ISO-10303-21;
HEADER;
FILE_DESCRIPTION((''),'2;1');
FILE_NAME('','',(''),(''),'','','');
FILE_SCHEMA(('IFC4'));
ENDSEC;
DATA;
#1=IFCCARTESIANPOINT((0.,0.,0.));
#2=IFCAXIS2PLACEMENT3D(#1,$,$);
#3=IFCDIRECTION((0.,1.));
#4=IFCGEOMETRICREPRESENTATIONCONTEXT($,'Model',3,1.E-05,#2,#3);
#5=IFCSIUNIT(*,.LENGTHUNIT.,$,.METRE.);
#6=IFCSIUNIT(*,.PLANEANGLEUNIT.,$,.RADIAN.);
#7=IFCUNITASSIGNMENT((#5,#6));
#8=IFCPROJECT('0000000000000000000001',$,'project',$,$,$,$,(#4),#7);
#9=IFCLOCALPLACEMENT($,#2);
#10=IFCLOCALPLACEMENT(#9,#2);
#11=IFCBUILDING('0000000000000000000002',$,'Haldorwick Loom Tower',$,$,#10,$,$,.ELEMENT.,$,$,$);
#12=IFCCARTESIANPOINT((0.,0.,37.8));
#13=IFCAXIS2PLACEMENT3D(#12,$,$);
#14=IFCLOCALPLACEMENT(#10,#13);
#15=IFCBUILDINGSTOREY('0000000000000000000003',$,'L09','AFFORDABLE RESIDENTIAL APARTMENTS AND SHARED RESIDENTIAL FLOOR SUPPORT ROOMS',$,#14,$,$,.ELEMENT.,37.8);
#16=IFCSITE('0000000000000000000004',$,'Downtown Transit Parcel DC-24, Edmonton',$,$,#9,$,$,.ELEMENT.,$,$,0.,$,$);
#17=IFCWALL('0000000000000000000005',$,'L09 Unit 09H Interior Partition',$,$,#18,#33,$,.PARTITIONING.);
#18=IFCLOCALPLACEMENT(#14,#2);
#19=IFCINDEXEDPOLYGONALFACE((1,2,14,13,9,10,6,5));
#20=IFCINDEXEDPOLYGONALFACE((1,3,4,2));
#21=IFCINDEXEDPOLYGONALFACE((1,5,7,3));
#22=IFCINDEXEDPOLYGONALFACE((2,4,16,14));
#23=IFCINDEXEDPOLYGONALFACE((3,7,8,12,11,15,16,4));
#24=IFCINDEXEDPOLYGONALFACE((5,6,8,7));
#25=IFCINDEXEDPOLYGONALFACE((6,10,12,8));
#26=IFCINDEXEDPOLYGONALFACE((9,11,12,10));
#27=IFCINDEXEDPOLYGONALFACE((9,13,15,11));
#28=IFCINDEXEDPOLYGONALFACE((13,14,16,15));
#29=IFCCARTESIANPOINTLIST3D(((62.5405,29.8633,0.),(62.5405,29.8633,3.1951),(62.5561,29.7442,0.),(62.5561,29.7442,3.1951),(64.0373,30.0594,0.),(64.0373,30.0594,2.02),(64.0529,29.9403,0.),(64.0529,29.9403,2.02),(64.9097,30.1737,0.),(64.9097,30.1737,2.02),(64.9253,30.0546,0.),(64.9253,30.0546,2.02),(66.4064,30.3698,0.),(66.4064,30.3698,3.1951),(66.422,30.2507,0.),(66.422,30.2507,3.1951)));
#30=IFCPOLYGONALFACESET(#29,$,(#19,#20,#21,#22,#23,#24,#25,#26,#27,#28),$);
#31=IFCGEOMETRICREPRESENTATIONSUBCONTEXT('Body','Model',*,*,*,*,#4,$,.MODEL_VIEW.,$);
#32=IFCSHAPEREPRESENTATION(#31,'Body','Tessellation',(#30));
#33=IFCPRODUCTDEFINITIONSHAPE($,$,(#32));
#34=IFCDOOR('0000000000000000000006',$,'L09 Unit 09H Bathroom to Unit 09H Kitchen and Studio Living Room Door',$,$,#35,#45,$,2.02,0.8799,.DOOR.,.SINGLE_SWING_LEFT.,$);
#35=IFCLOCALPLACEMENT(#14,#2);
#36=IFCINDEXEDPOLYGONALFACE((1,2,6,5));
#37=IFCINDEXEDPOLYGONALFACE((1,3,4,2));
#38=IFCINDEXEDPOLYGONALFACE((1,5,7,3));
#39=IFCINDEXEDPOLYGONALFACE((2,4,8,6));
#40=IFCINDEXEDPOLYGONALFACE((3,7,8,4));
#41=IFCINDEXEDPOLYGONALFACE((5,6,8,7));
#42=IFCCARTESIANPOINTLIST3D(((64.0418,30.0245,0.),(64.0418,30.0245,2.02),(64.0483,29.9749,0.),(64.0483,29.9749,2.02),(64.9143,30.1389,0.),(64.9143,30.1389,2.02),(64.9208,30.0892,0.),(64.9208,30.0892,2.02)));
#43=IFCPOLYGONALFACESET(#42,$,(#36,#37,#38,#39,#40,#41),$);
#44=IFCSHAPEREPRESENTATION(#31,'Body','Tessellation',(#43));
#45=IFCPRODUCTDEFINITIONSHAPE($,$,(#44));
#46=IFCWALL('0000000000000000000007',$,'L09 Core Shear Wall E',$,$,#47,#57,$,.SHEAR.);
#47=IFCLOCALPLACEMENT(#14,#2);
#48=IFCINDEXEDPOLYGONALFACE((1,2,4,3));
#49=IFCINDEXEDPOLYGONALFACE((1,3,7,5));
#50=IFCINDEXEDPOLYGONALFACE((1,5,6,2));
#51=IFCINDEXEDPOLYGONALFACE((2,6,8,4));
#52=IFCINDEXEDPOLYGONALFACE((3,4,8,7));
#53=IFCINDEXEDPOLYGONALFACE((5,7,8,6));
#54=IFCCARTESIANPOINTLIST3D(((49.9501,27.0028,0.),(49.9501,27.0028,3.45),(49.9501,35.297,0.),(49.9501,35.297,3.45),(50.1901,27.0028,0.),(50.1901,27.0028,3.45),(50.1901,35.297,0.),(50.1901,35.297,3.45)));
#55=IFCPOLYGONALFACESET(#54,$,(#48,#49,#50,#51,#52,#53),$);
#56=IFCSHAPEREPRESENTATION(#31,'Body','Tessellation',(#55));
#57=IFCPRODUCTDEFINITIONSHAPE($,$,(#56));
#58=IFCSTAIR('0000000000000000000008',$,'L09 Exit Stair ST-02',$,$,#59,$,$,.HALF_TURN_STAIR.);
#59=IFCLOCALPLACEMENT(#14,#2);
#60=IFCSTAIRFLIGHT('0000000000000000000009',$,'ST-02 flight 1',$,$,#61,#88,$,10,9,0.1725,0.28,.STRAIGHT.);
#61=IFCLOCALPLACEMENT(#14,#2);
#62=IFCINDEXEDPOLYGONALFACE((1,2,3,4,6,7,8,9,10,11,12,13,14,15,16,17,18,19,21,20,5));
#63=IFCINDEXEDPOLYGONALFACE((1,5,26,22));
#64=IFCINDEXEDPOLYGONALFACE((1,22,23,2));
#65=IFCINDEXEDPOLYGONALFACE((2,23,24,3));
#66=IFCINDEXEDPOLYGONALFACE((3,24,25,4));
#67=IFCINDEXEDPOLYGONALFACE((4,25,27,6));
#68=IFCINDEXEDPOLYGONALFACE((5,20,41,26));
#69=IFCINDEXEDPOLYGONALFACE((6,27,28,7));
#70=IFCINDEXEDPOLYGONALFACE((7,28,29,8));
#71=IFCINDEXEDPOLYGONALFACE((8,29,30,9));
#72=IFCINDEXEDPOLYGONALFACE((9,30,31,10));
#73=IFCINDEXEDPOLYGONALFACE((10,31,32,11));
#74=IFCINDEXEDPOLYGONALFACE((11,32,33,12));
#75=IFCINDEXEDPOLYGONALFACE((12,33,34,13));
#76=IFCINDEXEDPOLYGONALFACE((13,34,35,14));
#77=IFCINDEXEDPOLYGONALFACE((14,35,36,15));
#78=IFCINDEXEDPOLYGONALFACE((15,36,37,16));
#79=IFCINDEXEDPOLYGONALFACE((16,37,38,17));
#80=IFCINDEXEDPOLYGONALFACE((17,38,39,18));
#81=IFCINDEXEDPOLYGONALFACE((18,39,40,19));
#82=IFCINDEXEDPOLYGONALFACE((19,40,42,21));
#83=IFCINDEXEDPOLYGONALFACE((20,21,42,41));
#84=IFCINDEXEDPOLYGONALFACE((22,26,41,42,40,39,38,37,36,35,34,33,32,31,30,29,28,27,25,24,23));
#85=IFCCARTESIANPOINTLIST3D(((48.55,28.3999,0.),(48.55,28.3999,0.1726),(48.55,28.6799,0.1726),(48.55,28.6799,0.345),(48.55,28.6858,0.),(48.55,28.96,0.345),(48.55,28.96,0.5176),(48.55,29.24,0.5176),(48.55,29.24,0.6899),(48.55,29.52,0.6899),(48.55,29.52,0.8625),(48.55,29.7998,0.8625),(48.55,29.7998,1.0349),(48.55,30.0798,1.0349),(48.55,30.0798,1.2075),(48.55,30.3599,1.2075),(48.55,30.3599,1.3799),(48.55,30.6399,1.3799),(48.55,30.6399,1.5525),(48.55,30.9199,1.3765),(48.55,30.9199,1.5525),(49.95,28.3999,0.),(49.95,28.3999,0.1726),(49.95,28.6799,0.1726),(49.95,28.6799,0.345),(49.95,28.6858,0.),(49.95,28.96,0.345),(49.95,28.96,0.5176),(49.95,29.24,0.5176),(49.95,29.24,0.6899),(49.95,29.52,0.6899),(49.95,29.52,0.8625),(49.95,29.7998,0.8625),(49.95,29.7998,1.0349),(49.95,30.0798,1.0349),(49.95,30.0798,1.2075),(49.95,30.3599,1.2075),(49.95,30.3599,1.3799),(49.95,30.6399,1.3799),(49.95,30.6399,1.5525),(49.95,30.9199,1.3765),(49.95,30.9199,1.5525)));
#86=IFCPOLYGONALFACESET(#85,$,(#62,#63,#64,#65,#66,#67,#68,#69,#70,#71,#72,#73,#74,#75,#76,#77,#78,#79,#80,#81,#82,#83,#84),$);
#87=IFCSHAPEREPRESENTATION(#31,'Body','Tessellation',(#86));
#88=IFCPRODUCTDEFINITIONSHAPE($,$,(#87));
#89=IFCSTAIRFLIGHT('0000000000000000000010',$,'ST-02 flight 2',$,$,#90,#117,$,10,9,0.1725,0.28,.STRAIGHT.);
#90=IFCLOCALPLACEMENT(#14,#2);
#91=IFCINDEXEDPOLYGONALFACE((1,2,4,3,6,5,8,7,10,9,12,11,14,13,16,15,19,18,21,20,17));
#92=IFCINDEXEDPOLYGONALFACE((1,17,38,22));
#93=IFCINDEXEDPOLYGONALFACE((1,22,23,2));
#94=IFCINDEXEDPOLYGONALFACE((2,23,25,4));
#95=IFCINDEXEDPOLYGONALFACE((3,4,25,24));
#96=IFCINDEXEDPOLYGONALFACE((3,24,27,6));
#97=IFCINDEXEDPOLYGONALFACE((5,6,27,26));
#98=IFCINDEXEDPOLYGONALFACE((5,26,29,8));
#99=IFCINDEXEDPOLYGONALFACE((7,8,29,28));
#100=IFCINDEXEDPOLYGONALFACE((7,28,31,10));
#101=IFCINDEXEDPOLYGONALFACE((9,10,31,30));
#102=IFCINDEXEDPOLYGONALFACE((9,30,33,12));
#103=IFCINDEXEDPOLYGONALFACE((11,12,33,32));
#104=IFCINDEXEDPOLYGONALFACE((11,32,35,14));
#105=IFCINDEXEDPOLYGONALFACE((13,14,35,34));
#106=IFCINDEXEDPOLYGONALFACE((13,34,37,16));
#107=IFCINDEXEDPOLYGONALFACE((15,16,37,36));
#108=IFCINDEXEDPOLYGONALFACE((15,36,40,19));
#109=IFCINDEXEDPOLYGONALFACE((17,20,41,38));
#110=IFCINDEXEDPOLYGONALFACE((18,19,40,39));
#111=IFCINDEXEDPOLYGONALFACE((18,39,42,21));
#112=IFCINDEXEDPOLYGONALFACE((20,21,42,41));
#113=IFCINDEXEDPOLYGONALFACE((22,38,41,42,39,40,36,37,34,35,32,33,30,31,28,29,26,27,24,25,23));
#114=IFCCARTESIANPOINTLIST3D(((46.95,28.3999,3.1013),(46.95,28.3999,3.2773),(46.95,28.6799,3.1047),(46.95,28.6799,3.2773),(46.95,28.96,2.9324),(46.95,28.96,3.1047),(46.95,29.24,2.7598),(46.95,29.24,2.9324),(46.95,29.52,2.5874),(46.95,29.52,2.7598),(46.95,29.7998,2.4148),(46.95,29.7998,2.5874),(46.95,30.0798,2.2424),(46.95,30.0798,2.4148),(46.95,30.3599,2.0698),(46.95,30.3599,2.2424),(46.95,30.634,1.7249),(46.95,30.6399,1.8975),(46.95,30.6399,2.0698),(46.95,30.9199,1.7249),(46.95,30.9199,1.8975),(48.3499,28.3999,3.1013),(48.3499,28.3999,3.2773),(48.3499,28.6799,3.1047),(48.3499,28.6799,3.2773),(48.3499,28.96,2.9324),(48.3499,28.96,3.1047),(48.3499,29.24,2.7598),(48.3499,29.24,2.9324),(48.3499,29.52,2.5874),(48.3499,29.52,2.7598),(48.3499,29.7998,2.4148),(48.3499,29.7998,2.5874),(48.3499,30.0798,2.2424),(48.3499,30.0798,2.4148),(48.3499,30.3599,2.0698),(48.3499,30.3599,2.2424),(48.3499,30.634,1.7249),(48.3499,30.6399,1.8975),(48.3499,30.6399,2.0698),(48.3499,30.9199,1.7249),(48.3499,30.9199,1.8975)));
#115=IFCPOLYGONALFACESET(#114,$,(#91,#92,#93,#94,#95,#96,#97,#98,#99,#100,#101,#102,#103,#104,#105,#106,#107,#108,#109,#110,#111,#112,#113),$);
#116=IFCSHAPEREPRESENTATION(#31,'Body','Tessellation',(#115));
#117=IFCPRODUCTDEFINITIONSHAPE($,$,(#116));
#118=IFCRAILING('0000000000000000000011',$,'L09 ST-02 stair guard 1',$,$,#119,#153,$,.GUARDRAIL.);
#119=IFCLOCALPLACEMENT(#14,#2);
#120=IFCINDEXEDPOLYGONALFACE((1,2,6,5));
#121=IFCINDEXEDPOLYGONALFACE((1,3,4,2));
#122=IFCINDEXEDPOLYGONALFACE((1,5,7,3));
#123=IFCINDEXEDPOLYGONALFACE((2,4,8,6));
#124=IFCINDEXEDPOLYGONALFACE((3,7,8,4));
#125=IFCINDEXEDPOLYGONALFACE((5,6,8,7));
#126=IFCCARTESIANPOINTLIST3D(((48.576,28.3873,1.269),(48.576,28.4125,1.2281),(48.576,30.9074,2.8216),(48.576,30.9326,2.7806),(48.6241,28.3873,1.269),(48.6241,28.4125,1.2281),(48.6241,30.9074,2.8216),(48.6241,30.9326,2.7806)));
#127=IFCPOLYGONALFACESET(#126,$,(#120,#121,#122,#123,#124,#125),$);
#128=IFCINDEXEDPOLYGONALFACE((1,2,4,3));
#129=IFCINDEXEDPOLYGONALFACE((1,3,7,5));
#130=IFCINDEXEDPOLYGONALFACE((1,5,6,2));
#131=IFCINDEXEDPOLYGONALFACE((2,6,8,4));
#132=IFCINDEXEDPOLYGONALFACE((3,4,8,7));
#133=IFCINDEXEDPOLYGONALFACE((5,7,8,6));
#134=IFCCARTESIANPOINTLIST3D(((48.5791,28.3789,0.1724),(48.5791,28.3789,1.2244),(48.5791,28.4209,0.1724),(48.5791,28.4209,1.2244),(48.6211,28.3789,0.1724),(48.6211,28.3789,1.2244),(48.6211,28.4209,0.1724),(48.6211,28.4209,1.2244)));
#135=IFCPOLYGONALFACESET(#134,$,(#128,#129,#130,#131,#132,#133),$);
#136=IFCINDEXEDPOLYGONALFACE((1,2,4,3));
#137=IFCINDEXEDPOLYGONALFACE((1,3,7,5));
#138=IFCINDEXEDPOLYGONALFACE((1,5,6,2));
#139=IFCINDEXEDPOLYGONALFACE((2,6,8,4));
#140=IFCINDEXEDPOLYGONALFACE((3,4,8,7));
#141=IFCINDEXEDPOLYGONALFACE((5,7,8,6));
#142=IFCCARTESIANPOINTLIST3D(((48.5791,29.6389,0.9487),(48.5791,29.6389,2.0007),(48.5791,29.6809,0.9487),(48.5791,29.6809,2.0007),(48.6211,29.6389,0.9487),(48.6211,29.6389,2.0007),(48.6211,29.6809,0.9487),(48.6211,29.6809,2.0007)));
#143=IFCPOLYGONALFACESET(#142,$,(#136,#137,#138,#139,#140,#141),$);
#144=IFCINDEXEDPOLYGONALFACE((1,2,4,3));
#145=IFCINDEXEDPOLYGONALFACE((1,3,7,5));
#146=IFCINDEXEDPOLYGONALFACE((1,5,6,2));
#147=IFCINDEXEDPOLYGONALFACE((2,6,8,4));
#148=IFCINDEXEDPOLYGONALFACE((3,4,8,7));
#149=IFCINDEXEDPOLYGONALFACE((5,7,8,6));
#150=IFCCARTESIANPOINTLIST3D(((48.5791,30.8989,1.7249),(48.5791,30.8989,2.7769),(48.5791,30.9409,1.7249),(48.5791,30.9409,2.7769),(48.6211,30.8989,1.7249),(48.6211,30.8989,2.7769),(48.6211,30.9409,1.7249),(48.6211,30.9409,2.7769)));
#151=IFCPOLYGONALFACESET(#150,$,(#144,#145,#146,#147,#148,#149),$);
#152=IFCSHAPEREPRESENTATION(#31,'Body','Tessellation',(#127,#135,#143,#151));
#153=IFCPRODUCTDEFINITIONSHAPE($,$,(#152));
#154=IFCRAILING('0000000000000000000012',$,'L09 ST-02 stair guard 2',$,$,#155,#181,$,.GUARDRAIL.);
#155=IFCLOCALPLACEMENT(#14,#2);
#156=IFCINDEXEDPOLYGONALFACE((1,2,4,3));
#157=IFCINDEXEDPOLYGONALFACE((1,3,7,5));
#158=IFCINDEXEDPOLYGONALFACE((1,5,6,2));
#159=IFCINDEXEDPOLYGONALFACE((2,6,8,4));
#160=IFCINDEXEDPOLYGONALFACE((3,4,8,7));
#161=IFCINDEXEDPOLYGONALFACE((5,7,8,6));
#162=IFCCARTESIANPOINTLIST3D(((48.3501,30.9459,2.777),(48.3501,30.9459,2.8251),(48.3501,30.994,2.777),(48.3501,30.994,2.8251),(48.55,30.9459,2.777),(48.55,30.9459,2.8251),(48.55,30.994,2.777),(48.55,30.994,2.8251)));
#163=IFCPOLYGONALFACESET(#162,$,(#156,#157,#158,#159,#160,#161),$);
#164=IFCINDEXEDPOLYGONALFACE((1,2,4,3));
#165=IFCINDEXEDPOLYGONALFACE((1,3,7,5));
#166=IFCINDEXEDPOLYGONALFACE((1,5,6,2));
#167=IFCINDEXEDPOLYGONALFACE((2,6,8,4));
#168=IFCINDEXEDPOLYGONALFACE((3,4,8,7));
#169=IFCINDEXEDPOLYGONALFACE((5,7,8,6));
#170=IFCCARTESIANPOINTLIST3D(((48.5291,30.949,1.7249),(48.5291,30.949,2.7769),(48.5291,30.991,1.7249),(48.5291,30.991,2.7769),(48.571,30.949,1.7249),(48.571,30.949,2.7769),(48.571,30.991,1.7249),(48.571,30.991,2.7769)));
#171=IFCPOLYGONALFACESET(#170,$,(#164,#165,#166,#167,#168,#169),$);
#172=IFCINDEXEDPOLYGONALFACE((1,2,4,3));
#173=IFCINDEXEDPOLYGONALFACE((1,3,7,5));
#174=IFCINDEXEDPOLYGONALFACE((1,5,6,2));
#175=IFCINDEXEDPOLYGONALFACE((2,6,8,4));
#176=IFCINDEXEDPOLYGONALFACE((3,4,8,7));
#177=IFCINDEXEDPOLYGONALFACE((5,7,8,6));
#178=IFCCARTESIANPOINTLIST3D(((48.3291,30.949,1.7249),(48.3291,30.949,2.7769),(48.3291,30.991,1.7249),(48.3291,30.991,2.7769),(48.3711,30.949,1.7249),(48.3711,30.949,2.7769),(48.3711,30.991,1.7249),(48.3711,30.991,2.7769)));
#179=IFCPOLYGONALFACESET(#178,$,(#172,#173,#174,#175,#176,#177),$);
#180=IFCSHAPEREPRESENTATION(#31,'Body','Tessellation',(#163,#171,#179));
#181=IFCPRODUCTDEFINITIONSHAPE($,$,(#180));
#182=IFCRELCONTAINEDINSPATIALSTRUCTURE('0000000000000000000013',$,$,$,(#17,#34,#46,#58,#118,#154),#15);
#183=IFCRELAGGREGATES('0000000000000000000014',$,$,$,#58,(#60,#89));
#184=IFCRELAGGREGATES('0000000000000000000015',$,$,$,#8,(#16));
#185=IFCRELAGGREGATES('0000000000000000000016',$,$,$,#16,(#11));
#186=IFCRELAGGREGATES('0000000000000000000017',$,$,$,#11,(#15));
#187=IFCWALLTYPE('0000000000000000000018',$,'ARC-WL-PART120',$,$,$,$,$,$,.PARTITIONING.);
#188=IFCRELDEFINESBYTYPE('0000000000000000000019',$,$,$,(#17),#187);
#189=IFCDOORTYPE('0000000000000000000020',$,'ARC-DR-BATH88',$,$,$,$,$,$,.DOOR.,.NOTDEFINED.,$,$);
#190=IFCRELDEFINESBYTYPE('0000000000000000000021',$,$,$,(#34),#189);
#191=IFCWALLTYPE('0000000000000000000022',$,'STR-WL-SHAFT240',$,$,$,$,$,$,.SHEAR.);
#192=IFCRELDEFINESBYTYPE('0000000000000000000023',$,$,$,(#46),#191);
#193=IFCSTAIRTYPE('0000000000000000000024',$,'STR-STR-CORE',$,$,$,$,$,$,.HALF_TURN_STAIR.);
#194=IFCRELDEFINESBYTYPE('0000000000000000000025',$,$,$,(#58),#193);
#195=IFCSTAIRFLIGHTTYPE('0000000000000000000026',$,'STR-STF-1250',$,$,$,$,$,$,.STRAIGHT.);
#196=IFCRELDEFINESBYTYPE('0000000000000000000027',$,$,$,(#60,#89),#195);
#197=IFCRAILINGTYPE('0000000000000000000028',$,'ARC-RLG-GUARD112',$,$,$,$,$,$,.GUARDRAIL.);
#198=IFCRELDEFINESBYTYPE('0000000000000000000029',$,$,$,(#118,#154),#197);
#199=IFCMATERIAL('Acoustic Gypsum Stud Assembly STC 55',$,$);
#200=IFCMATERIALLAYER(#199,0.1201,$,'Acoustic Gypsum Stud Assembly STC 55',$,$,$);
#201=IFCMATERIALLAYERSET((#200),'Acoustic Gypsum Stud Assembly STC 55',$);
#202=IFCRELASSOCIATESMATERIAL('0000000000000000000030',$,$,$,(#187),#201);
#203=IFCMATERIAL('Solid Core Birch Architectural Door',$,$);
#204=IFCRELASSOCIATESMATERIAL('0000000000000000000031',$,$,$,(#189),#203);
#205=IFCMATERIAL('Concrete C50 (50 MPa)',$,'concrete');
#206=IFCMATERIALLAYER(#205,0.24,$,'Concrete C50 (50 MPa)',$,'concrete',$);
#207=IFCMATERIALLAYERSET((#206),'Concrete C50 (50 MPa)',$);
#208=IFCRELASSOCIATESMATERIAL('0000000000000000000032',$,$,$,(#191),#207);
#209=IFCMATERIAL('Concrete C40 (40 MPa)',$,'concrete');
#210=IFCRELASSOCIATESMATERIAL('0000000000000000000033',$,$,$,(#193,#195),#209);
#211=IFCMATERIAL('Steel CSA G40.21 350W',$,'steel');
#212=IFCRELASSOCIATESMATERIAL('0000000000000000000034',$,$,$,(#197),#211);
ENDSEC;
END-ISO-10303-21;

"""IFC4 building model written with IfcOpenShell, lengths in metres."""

from ifc_helpers import new_model, si_unit, direction, frame, frame_2d, origin, origin_2d, place, context, subcontext, project, spatial, polyline, rectangle, outline, extrude, material, layer, layer_set, type_object, element, fill, aggregate, save


model = new_model("IFC4")

# Units and contexts
model_context = context("Model", 3, precision=1e-05, world=origin(), true_north=direction((0.0, 1.0)))
body_context = subcontext(model_context, "Body", "Model", "MODEL_VIEW")
ifc_project = project(units=[si_unit("LENGTHUNIT", "METRE"), si_unit("PLANEANGLEUNIT", "RADIAN")], contexts=[model_context])

# Site, building, storey
site_placement = place(None, origin())
site = spatial("IfcSite", under=ifc_project, at=site_placement, Name="Downtown Transit Parcel DC-24, Edmonton", CompositionType="ELEMENT", RefElevation=0.0)
building_placement = place(site_placement, origin())
building = spatial("IfcBuilding", under=site, at=building_placement, Name="Haldorwick Loom Tower", CompositionType="ELEMENT")
storey_placement = place(building_placement, frame((0.0, 0.0, 37.8)))
storey = spatial("IfcBuildingStorey", under=building, at=storey_placement, Name="L09", Description="AFFORDABLE RESIDENTIAL APARTMENTS AND SHARED RESIDENTIAL FLOOR SUPPORT ROOMS", CompositionType="ELEMENT", Elevation=37.8)

# Shared definitions
ifc_material_1 = material(Name="Steel CSA G40.21 350W", Category="steel")

# Shared definitions
ifc_material_2 = material(Name="Acoustic Gypsum Stud Assembly STC 55")
ifc_layer_1 = layer(ifc_material_2, 0.1201, Name="Acoustic Gypsum Stud Assembly STC 55")
ifc_layer_set_1 = layer_set([ifc_layer_1], Name="Acoustic Gypsum Stud Assembly STC 55")
wall_type_1 = type_object("IfcWallType", Name="ARC-WL-PART120", PredefinedType="PARTITIONING", material=ifc_layer_set_1)

# Wall, opening, door
wall_1_placement = place(storey_placement, frame((62.5483, 29.8037, 0.0), z_axis=(0.0, 0.0, 1.0), x_axis=(0.991523, 0.129928, 0.0)))
wall_1 = element("IfcWall", 1, at=wall_1_placement, inside=storey, type_object=wall_type_1, Name="L09 Unit 09H Interior Partition", PredefinedType="PARTITIONING", context=body_context, shape_type="SweptSolid", body=[
    extrude(rectangle(XDim=3.8989, YDim=0.1201, at=frame_2d((1.9495, 0.0))), origin(), (0.0, 0.0, 1.0), 3.1951),
])
opening_1_placement = place(wall_1_placement, frame((1.5095, 0.0, 0.0)))
opening_1 = element("IfcOpeningElement", 2, at=opening_1_placement, cuts=wall_1, PredefinedType="OPENING", context=body_context, shape_type="SweptSolid", body=[
    extrude(rectangle(XDim=0.8799, YDim=2.02, at=frame_2d((0.4399, 1.01))), frame((0.0, 0.0701, 0.0), z_axis=(0.0, -1.0, 0.0), x_axis=(1.0, 0.0, 0.0)), (0.0, 0.0, 1.0), 0.1401),
])
ifc_material_3 = material(Name="Solid Core Birch Architectural Door")
door_type_1 = type_object("IfcDoorType", Name="ARC-DR-BATH88", OperationType="NOTDEFINED", PredefinedType="DOOR", material=ifc_material_3)
door_1_placement = place(opening_1_placement, origin())
door_1 = element("IfcDoor", 3, at=door_1_placement, inside=storey, type_object=door_type_1, Name="L09 Unit 09H Bathroom to Unit 09H Kitchen and Studio Living Room Door", OperationType="SINGLE_SWING_LEFT", OverallHeight=2.02, OverallWidth=0.8799, PredefinedType="DOOR", context=body_context, shape_type="SweptSolid", body=[
    extrude(rectangle(XDim=0.8799, YDim=2.02, at=frame_2d((0.4399, 1.01))), frame((0.0, 0.0249, 0.0), z_axis=(0.0, -1.0, 0.0), x_axis=(1.0, 0.0, 0.0)), (0.0, 0.0, 1.0), 0.05),
])
fill(opening_1, door_1)

# Wall
ifc_material_4 = material(Name="Concrete C50 (50 MPa)", Category="concrete")
ifc_layer_2 = layer(ifc_material_4, 0.24, Name="Concrete C50 (50 MPa)", Category="concrete")
ifc_layer_set_2 = layer_set([ifc_layer_2], Name="Concrete C50 (50 MPa)")
wall_type_2 = type_object("IfcWallType", Name="STR-WL-SHAFT240", PredefinedType="SHEAR", material=ifc_layer_set_2)
wall_2_placement = place(storey_placement, frame((50.0701, 27.0029, 0.0), z_axis=(0.0, 0.0, 1.0), x_axis=(0.0, 1.0, 0.0)))
element("IfcWall", 4, at=wall_2_placement, inside=storey, type_object=wall_type_2, Name="L09 Core Shear Wall E", PredefinedType="SHEAR", context=body_context, shape_type="SweptSolid", body=[
    extrude(rectangle(XDim=8.2942, YDim=0.24, at=frame_2d((4.147, 0.0))), origin(), (0.0, 0.0, 1.0), 3.45),
])

# Stair, stair flights
ifc_material_5 = material(Name="Concrete C40 (40 MPa)", Category="concrete")
stair_type = type_object("IfcStairType", Name="STR-STR-CORE", PredefinedType="HALF_TURN_STAIR", material=ifc_material_5)
stair_placement = place(storey_placement, origin())
stair = element("IfcStair", 5, at=stair_placement, inside=storey, type_object=stair_type, Name="L09 Exit Stair ST-02", PredefinedType="HALF_TURN_STAIR")
stair_flight_type = type_object("IfcStairFlightType", Name="STR-STF-1250", PredefinedType="STRAIGHT", material=ifc_material_5)
stair_flight_1_placement = place(storey_placement, frame((49.25, 28.3999, 0.0), z_axis=(0.0, 0.0, 1.0), x_axis=(0.0, 1.0, 0.0)))
stair_flight_1 = element("IfcStairFlight", 6, at=stair_flight_1_placement, type_object=stair_flight_type, Name="ST-02 flight 1", NumberOfRisers=10, NumberOfTreads=9, PredefinedType="STRAIGHT", RiserHeight=0.1725, TreadLength=0.28, context=body_context, shape_type="SweptSolid", body=[
    extrude(outline(polyline([(0.0, 0.0), (0.0, 0.1726), (0.28, 0.1726), (0.28, 0.345), (0.5601, 0.345), (0.5601, 0.5176), (0.8401, 0.5176), (0.8401, 0.6899), (1.1201, 0.6899), (1.1201, 0.8625), (1.3999, 0.8625), (1.3999, 1.0349), (1.6799, 1.0349), (1.6799, 1.2075), (1.96, 1.2075), (1.96, 1.3799), (2.24, 1.3799), (2.24, 1.5525), (2.52, 1.5525), (2.52, 1.7251), (2.52, 1.3765), (0.2859, 0.0), (0.0, 0.0)])), frame((0.0, 0.7, 0.0), z_axis=(0.0, -1.0, 0.0), x_axis=(1.0, 0.0, 0.0)), (0.0, 0.0, 1.0), 1.3999),
])
stair_flight_2_placement = place(storey_placement, frame((47.6499, 30.9199, 1.7249), z_axis=(0.0, 0.0, 1.0), x_axis=(0.0, -1.0, 0.0)))
stair_flight_2 = element("IfcStairFlight", 7, at=stair_flight_2_placement, type_object=stair_flight_type, Name="ST-02 flight 2", NumberOfRisers=10, NumberOfTreads=9, PredefinedType="STRAIGHT", RiserHeight=0.1725, TreadLength=0.28, context=body_context, shape_type="SweptSolid", body=[
    extrude(outline(polyline([(0.0, 0.0), (0.0, 0.1726), (0.28, 0.1726), (0.28, 0.345), (0.5601, 0.345), (0.5601, 0.5176), (0.8401, 0.5176), (0.8401, 0.6899), (1.1201, 0.6899), (1.1201, 0.8625), (1.3999, 0.8625), (1.3999, 1.0349), (1.6799, 1.0349), (1.6799, 1.2075), (1.96, 1.2075), (1.96, 1.3799), (2.24, 1.3799), (2.24, 1.5525), (2.52, 1.5525), (2.52, 1.7251), (2.52, 1.3765), (0.2859, 0.0), (0.0, 0.0)])), frame((0.0, 0.7, 0.0), z_axis=(0.0, -1.0, 0.0), x_axis=(1.0, 0.0, 0.0)), (0.0, 0.0, 1.0), 1.3999),
])
aggregate(stair, [stair_flight_1, stair_flight_2])

# Railings
railing_type_1 = type_object("IfcRailingType", Name="ARC-RLG-GUARD112", PredefinedType="GUARDRAIL", material=ifc_material_1)
railing_1_placement = place(storey_placement, frame((48.6001, 28.3999, 0.1724)))
element("IfcRailing", 8, at=railing_1_placement, inside=storey, type_object=railing_type_1, Name="L09 ST-02 stair guard 1", PredefinedType="GUARDRAIL", context=body_context, shape_type="SweptSolid", body=[
    extrude(rectangle(XDim=0.0481, YDim=0.0481, at=origin_2d()), frame((0.0, 0.0, 1.0762), z_axis=(0.0, 0.8514, 0.524516), x_axis=(-1.0, 0.0, 0.0)), (0.0, 0.0, 1.0), 2.96),
    extrude(rectangle(XDim=0.042, YDim=0.042, at=origin_2d()), origin(), (0.0, 0.0, 1.0), 1.052),
    extrude(rectangle(XDim=0.042, YDim=0.042, at=origin_2d()), frame((0.0, 1.26, 0.7764)), (0.0, 0.0, 1.0), 1.052),
    extrude(rectangle(XDim=0.042, YDim=0.042, at=origin_2d()), frame((0.0, 2.52, 1.5525)), (0.0, 0.0, 1.0), 1.052),
])
railing_2_placement = place(storey_placement, frame((48.55, 30.97, 1.7249)))
element("IfcRailing", 9, at=railing_2_placement, inside=storey, type_object=railing_type_1, Name="L09 ST-02 stair guard 2", PredefinedType="GUARDRAIL", context=body_context, shape_type="SweptSolid", body=[
    extrude(rectangle(XDim=0.0481, YDim=0.0481, at=origin_2d()), frame((0.0, 0.0, 1.0762), z_axis=(-1.0, 0.0, 0.0), x_axis=(0.0, -1.0, 0.0)), (0.0, 0.0, 1.0), 0.2),
    extrude(rectangle(XDim=0.042, YDim=0.042, at=origin_2d()), origin(), (0.0, 0.0, 1.0), 1.052),
    extrude(rectangle(XDim=0.042, YDim=0.042, at=origin_2d()), frame((-0.2, 0.0, 0.0)), (0.0, 0.0, 1.0), 1.052),
])

save(model, "model.ifc")
